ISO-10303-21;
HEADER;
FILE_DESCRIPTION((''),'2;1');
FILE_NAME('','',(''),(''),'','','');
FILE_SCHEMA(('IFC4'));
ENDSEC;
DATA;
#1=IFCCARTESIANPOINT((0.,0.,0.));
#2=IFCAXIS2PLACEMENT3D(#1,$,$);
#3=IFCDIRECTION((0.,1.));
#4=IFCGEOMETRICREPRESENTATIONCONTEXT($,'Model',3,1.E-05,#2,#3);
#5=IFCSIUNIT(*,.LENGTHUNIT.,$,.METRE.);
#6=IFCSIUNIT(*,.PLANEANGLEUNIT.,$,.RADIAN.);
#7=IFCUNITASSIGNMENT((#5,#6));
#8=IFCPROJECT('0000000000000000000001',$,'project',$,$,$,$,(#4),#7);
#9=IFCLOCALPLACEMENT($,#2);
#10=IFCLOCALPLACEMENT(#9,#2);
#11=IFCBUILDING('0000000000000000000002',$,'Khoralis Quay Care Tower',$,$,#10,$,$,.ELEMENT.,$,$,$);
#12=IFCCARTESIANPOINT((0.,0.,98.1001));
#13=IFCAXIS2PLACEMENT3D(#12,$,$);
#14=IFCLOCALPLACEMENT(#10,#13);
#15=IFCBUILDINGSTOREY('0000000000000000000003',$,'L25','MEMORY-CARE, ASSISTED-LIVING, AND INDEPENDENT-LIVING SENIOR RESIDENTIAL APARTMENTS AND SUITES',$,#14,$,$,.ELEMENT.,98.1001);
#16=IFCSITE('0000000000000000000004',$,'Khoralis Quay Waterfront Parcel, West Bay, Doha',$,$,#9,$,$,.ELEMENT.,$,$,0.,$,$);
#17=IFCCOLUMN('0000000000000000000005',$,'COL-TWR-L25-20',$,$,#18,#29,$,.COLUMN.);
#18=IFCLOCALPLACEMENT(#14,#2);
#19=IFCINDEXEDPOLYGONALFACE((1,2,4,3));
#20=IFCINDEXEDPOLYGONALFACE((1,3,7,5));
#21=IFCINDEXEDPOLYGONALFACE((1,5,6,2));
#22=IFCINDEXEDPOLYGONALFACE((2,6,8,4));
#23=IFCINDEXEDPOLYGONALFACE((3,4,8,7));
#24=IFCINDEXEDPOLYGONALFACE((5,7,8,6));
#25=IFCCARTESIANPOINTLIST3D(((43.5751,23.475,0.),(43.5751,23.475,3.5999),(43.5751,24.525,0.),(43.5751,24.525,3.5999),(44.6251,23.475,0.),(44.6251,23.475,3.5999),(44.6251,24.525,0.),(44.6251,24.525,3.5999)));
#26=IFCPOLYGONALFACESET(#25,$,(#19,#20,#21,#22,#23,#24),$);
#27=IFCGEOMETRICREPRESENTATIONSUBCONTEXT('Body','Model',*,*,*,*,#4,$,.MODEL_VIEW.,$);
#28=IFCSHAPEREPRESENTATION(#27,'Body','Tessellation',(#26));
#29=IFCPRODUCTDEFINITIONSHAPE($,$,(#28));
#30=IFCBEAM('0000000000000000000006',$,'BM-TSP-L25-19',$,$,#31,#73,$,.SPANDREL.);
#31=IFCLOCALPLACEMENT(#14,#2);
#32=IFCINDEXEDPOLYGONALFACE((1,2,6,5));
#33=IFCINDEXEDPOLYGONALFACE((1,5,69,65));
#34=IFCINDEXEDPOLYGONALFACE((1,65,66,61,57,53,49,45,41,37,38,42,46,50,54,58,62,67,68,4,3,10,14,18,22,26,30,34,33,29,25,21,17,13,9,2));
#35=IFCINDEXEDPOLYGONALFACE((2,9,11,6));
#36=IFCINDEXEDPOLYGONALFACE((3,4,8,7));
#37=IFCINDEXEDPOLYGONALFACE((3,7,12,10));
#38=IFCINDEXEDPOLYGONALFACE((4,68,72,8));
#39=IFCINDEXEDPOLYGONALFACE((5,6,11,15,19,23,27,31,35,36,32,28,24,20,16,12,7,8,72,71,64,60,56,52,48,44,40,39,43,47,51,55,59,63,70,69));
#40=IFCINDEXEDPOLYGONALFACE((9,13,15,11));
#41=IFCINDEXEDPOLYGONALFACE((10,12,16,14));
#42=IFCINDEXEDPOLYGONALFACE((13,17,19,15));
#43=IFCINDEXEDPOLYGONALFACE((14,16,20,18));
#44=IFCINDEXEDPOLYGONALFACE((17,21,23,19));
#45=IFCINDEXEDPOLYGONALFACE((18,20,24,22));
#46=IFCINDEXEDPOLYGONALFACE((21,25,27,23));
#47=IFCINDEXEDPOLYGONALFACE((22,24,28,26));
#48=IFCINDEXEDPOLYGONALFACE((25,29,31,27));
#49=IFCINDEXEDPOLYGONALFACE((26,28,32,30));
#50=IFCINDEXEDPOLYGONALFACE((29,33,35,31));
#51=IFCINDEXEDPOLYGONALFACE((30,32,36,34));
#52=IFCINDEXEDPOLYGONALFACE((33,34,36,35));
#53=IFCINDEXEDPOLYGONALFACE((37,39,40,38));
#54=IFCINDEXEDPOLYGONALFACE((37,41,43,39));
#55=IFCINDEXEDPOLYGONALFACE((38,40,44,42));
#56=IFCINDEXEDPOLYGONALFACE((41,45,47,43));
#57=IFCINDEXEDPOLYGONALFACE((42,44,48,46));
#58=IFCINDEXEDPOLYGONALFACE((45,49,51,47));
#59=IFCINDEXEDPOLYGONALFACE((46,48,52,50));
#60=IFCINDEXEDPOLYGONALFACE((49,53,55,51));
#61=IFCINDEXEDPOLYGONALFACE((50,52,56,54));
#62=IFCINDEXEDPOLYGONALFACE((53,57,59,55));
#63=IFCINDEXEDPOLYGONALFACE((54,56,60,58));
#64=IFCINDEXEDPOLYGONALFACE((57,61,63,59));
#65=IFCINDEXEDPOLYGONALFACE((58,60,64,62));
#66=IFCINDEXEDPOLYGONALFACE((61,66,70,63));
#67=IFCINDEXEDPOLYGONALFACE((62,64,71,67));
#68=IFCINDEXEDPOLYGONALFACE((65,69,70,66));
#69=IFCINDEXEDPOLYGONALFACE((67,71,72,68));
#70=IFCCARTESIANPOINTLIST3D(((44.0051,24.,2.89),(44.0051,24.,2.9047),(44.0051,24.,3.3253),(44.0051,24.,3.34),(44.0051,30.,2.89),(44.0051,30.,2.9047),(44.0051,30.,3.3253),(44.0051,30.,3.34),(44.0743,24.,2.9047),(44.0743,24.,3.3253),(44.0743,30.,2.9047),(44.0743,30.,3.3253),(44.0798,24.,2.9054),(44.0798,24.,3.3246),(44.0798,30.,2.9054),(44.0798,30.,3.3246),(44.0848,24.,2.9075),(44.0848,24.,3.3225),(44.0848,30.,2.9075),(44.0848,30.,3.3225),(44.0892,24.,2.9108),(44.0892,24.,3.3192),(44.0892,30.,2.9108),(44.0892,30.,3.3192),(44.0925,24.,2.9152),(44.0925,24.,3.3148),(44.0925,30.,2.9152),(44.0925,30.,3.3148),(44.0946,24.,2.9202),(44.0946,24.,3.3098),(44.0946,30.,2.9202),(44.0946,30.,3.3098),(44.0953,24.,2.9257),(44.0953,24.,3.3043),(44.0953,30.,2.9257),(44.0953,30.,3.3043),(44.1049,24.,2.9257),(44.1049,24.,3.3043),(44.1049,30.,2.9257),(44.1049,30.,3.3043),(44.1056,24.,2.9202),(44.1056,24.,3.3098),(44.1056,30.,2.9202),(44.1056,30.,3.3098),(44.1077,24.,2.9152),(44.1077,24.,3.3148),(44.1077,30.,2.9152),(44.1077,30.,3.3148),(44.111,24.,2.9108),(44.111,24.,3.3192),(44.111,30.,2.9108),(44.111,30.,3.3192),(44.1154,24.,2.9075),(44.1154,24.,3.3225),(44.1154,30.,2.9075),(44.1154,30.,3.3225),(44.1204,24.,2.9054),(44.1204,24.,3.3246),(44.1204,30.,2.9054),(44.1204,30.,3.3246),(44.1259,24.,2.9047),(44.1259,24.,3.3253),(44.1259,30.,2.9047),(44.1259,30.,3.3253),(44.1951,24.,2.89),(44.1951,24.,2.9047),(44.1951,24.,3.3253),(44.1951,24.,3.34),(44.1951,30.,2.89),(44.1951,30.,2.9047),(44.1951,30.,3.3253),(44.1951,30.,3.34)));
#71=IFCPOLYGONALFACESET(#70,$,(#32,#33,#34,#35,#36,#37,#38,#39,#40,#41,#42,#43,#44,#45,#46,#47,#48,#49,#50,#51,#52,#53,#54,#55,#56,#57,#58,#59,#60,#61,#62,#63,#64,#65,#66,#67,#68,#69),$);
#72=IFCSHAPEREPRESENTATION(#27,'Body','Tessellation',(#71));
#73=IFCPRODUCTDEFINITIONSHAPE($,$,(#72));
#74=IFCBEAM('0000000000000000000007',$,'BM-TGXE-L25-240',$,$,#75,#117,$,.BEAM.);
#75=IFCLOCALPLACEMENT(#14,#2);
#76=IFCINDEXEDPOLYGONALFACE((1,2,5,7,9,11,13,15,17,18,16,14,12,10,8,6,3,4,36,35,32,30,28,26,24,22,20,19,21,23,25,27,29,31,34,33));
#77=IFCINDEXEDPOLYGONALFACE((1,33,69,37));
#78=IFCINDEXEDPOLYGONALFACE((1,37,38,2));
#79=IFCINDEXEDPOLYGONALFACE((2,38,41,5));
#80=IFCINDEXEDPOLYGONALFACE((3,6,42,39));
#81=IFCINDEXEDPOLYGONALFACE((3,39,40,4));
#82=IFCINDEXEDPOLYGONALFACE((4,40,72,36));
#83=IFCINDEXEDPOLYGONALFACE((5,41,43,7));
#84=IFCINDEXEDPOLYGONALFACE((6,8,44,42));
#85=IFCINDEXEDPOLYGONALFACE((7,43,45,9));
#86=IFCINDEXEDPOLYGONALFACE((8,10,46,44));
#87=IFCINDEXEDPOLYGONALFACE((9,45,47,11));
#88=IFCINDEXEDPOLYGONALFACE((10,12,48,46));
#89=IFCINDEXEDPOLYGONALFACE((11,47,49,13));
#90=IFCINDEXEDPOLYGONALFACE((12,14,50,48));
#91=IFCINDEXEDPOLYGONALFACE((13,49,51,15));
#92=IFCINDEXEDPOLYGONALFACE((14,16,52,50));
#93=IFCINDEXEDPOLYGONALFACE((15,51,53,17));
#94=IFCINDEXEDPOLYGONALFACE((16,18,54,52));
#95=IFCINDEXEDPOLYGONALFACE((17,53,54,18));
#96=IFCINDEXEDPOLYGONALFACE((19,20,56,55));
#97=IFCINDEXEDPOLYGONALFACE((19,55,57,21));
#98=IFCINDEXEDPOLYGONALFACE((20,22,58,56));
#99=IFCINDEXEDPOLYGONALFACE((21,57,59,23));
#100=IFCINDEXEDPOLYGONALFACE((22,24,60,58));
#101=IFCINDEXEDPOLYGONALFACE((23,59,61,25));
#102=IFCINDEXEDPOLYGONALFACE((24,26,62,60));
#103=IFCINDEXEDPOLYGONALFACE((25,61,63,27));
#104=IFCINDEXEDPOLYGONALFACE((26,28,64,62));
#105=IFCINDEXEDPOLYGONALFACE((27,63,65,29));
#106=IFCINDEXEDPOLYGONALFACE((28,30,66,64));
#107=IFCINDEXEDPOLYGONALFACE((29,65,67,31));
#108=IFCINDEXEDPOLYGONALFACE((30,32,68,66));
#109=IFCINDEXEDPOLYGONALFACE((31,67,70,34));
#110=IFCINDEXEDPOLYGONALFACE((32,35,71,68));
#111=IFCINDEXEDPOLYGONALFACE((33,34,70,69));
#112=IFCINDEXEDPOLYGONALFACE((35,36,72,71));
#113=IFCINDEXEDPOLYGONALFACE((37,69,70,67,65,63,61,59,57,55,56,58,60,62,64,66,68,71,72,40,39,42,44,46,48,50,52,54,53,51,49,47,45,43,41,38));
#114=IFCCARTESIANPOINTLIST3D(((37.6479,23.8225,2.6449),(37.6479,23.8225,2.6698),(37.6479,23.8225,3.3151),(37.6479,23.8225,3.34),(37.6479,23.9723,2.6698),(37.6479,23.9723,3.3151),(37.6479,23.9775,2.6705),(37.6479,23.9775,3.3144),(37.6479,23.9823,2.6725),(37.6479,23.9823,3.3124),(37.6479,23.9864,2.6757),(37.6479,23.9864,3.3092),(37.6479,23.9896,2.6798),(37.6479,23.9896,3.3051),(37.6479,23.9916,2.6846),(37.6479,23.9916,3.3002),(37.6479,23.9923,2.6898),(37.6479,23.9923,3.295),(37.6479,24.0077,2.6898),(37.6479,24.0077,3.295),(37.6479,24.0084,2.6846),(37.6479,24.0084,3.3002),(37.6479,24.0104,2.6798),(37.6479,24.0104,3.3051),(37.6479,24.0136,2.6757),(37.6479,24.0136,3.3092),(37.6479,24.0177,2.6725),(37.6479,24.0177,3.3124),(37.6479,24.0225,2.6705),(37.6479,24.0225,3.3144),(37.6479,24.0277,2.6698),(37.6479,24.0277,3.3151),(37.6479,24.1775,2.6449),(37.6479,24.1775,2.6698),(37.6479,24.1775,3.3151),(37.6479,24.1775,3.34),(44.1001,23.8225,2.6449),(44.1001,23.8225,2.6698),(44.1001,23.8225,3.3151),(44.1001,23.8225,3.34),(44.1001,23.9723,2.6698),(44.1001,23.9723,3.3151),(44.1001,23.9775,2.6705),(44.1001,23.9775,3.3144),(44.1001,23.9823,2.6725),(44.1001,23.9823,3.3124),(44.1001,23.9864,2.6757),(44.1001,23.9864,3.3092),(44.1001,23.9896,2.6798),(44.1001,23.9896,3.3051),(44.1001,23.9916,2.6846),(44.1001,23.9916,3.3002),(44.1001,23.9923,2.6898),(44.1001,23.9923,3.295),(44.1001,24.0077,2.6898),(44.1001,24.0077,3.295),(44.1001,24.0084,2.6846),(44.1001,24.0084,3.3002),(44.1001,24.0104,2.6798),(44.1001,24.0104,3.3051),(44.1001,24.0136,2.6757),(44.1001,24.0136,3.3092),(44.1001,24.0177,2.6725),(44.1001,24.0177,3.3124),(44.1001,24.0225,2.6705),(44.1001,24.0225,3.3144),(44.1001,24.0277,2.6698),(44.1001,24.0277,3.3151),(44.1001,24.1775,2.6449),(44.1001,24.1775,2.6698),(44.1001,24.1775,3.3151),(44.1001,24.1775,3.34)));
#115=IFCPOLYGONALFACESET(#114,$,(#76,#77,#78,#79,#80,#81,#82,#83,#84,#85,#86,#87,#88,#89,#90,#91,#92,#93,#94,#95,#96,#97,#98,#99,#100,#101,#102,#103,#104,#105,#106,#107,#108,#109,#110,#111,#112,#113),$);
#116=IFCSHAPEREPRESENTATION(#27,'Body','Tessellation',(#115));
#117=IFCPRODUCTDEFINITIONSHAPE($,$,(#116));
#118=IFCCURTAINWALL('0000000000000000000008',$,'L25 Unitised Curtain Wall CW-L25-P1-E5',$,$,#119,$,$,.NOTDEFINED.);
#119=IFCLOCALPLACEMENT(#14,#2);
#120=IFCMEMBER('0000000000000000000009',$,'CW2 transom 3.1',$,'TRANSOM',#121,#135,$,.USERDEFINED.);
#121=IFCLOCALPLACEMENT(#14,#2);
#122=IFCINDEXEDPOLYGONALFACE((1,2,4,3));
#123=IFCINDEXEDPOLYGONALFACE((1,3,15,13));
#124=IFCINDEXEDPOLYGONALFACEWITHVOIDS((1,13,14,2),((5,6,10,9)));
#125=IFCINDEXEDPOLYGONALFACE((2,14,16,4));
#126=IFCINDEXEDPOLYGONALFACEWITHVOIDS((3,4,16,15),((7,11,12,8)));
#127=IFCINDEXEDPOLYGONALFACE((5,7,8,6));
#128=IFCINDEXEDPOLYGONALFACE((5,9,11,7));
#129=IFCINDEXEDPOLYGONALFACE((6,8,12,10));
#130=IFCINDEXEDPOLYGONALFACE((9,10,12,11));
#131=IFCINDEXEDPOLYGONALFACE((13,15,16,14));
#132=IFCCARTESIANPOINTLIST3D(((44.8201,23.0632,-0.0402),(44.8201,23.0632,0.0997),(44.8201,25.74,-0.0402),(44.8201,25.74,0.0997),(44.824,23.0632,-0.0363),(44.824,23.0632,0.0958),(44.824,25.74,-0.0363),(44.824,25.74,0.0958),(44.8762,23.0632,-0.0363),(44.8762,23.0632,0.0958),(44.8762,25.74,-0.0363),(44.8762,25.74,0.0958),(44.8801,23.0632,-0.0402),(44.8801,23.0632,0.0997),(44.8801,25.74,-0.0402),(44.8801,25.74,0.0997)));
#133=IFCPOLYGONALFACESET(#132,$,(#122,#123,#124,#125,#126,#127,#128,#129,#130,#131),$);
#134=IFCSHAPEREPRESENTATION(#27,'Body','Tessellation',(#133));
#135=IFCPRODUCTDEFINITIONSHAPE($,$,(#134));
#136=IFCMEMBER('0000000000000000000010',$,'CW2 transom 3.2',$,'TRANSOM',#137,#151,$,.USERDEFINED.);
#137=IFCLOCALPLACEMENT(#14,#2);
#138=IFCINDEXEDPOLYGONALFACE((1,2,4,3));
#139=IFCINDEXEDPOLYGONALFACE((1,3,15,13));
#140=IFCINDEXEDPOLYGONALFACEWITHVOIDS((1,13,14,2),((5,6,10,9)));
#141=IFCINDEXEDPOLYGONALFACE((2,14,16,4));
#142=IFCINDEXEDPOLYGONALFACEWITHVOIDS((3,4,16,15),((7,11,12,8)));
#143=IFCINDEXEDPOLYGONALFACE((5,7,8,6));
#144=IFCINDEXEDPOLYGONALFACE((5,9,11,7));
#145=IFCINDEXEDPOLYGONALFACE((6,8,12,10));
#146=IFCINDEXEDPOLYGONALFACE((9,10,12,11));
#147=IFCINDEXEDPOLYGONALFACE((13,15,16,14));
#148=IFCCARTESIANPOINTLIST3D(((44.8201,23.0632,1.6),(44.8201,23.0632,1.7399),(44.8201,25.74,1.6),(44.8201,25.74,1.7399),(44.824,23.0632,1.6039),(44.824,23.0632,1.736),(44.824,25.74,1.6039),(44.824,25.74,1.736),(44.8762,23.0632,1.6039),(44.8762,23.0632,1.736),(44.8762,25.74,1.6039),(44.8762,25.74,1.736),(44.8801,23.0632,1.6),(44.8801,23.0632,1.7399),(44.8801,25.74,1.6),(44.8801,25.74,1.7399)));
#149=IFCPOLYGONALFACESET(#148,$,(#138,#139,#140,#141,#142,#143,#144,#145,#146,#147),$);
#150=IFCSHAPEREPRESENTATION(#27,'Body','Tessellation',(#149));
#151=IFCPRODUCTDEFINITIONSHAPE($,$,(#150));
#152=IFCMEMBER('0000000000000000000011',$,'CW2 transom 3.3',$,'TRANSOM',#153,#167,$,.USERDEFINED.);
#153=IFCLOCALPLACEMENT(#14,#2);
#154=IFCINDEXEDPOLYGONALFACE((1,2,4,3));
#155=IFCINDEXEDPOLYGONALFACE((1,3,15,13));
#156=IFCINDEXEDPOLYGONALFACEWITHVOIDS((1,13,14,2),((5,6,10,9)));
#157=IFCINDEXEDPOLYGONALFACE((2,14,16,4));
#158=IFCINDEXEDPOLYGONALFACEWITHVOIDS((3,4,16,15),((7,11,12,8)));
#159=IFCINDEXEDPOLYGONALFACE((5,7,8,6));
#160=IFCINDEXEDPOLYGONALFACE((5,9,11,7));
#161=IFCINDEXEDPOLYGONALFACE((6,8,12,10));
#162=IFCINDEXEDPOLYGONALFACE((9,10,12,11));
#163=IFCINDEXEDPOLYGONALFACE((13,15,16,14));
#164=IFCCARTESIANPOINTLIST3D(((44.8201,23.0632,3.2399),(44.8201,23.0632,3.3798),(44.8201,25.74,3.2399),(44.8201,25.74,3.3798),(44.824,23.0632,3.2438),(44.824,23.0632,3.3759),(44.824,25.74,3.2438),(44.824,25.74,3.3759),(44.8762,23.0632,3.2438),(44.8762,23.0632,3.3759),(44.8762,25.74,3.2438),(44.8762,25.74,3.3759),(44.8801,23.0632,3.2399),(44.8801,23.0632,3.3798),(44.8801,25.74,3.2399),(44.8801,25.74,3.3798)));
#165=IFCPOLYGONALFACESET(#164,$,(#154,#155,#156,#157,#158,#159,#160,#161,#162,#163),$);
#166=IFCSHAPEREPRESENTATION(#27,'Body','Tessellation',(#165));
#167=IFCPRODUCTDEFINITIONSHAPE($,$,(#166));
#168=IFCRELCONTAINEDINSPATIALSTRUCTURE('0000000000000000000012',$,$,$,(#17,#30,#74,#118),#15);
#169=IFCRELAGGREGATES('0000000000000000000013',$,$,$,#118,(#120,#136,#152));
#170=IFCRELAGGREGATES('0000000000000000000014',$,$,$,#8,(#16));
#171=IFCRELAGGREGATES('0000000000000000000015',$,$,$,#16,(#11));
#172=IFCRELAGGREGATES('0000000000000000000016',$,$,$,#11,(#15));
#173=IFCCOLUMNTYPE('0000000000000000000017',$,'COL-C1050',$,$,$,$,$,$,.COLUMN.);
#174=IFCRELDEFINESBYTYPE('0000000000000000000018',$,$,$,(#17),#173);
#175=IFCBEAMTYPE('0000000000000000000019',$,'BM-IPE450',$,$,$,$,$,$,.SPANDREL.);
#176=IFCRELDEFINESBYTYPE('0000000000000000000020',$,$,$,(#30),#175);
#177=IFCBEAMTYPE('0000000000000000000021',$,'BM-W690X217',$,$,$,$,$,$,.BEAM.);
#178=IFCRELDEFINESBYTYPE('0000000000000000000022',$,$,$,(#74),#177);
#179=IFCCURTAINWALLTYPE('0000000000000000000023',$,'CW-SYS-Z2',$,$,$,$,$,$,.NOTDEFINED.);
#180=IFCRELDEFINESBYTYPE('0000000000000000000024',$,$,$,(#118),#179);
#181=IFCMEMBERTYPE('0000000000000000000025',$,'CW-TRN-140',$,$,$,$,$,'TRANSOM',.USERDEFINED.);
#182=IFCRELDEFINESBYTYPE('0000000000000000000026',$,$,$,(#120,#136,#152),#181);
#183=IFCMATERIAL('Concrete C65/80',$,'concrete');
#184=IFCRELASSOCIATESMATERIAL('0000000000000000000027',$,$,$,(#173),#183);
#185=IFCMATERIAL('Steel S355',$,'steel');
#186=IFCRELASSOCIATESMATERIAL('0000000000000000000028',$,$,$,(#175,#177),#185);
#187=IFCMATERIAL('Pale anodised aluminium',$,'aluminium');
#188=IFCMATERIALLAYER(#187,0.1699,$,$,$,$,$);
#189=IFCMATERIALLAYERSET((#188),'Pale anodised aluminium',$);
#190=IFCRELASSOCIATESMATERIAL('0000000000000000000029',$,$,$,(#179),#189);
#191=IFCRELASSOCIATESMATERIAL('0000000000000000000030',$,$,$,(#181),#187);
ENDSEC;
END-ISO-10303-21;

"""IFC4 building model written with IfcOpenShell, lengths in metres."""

from ifc_helpers import new_model, si_unit, direction, frame, origin, origin_2d, place, context, subcontext, project, spatial, rectangle, hollow_rectangle, i_section, extrude, source, transform, mapped, material, layer, layer_set, material_profile, profile_set, type_object, element, aggregate, save


model = new_model("IFC4")

# Units and contexts
model_context = context("Model", 3, precision=1e-05, world=origin(), true_north=direction((0.0, 1.0)))
body_context = subcontext(model_context, "Body", "Model", "MODEL_VIEW")
ifc_project = project(units=[si_unit("LENGTHUNIT", "METRE"), si_unit("PLANEANGLEUNIT", "RADIAN")], contexts=[model_context])

# Site, building, storey
site_placement = place(None, origin())
site = spatial("IfcSite", under=ifc_project, at=site_placement, Name="Khoralis Quay Waterfront Parcel, West Bay, Doha", CompositionType="ELEMENT", RefElevation=0.0)
building_placement = place(site_placement, origin())
building = spatial("IfcBuilding", under=site, at=building_placement, Name="Khoralis Quay Care Tower", CompositionType="ELEMENT")
storey_placement = place(building_placement, frame((0.0, 0.0, 98.1001)))
storey = spatial("IfcBuildingStorey", under=building, at=storey_placement, Name="L25", Description="MEMORY-CARE, ASSISTED-LIVING, AND INDEPENDENT-LIVING SENIOR RESIDENTIAL APARTMENTS AND SUITES", CompositionType="ELEMENT", Elevation=98.1001)

# Column
ifc_material_1 = material(Name="Concrete C65/80", Category="concrete")
ifc_material_profile_1 = material_profile(ifc_material_1, rectangle(XDim=1.05, YDim=1.05, at=origin_2d()), Name="Concrete C65/80")
ifc_profile_set_1 = profile_set([ifc_material_profile_1], Name="Concrete C65/80")
column_type = type_object("IfcColumnType", Name="COL-C1050", PredefinedType="COLUMN", material=ifc_profile_set_1)
shared_shape_1 = source(origin(), body_context, "Body", "SweptSolid", [
    extrude(rectangle(XDim=1.05, YDim=1.05, at=origin_2d()), origin(), (0.0, 0.0, 1.0), 3.5999),
])
column_placement = place(storey_placement, frame((44.1001, 24.0, 0.0), z_axis=(0.0, 0.0, 1.0), x_axis=(1.0, 0.0, 0.0)))
element("IfcColumn", 1, at=column_placement, inside=storey, type_object=column_type, Name="COL-TWR-L25-20", PredefinedType="COLUMN", context=body_context, shape_type="MappedRepresentation", body=[
    mapped(shared_shape_1, transform((0.0, 0.0, 0.0), scale=1.0)),
])

# Beams
ifc_material_2 = material(Name="Steel S355", Category="steel")
ifc_material_profile_2 = material_profile(ifc_material_2, i_section(OverallWidth=0.1899, OverallDepth=0.45, WebThickness=0.0095, FlangeThickness=0.0146, FilletRadius=0.021, at=origin_2d()), Name="Steel S355")
ifc_profile_set_2 = profile_set([ifc_material_profile_2], Name="Steel S355")
beam_type_1 = type_object("IfcBeamType", Name="BM-IPE450", PredefinedType="SPANDREL", material=ifc_profile_set_2)
shared_shape_2 = source(origin(), body_context, "Body", "SweptSolid", [
    extrude(i_section(OverallWidth=0.1899, OverallDepth=0.45, WebThickness=0.0095, FlangeThickness=0.0146, FilletRadius=0.021, at=origin_2d()), origin(), (0.0, 0.0, 1.0), 6.0),
])
beam_1_placement = place(storey_placement, frame((44.1001, 24.0, 3.115), z_axis=(0.0, 1.0, 0.0), x_axis=(-1.0, 0.0, 0.0)))
element("IfcBeam", 2, at=beam_1_placement, inside=storey, type_object=beam_type_1, Name="BM-TSP-L25-19", PredefinedType="SPANDREL", context=body_context, shape_type="MappedRepresentation", body=[
    mapped(shared_shape_2, transform((0.0, 0.0, 0.0), scale=1.0)),
])
ifc_material_profile_3 = material_profile(ifc_material_2, i_section(OverallWidth=0.355, OverallDepth=0.6951, WebThickness=0.0154, FlangeThickness=0.0249, FilletRadius=0.02, at=origin_2d()), Name="Steel S355")
ifc_profile_set_3 = profile_set([ifc_material_profile_3], Name="Steel S355")
beam_type_2 = type_object("IfcBeamType", Name="BM-W690X217", PredefinedType="BEAM", material=ifc_profile_set_3)
shared_shape_3 = source(origin(), body_context, "Body", "SweptSolid", [
    extrude(i_section(OverallWidth=0.355, OverallDepth=0.6951, WebThickness=0.0154, FlangeThickness=0.0249, FilletRadius=0.02, at=origin_2d()), origin(), (0.0, 0.0, 1.0), 6.4521),
])
beam_2_placement = place(storey_placement, frame((37.6479, 24.0, 2.9924), z_axis=(1.0, 0.0, 0.0), x_axis=(0.0, 1.0, 0.0)))
element("IfcBeam", 3, at=beam_2_placement, inside=storey, type_object=beam_type_2, Name="BM-TGXE-L25-240", PredefinedType="BEAM", context=body_context, shape_type="MappedRepresentation", body=[
    mapped(shared_shape_3, transform((0.0, 0.0, 0.0), scale=1.0)),
])

# Curtain wall, members
ifc_material_3 = material(Name="Pale anodised aluminium", Category="aluminium")
ifc_layer_1 = layer(ifc_material_3, 0.1699)
ifc_layer_set_1 = layer_set([ifc_layer_1], Name="Pale anodised aluminium")
curtain_wall_type = type_object("IfcCurtainWallType", Name="CW-SYS-Z2", PredefinedType="NOTDEFINED", material=ifc_layer_set_1)
curtain_wall_placement = place(storey_placement, origin())
curtain_wall = element("IfcCurtainWall", 4, at=curtain_wall_placement, inside=storey, type_object=curtain_wall_type, Name="L25 Unitised Curtain Wall CW-L25-P1-E5", PredefinedType="NOTDEFINED")
ifc_material_profile_4 = material_profile(ifc_material_3, hollow_rectangle(XDim=0.0601, YDim=0.1399, WallThickness=0.0039, at=origin_2d()), Name="Pale anodised aluminium")
ifc_profile_set_4 = profile_set([ifc_material_profile_4], Name="Pale anodised aluminium")
member_type_1 = type_object("IfcMemberType", Name="CW-TRN-140", ElementType="TRANSOM", PredefinedType="USERDEFINED", material=ifc_profile_set_4)
shared_shape_4 = source(origin(), body_context, "Body", "SweptSolid", [
    extrude(hollow_rectangle(XDim=0.0601, YDim=0.1399, WallThickness=0.0039, at=origin_2d()), origin(), (0.0, 0.0, 1.0), 2.6768),
])
member_1_placement = place(storey_placement, frame((44.8501, 23.0632, 0.0298), z_axis=(0.0, 1.0, 0.0), x_axis=(-1.0, 0.0, 0.0)))
member_1 = element("IfcMember", 5, at=member_1_placement, type_object=member_type_1, Name="CW2 transom 3.1", ObjectType="TRANSOM", PredefinedType="USERDEFINED", context=body_context, shape_type="MappedRepresentation", body=[
    mapped(shared_shape_4, transform((0.0, 0.0, 0.0), scale=1.0)),
])
member_2_placement = place(storey_placement, frame((44.8501, 23.0632, 1.6699), z_axis=(0.0, 1.0, 0.0), x_axis=(-1.0, 0.0, 0.0)))
member_2 = element("IfcMember", 6, at=member_2_placement, type_object=member_type_1, Name="CW2 transom 3.2", ObjectType="TRANSOM", PredefinedType="USERDEFINED", context=body_context, shape_type="MappedRepresentation", body=[
    mapped(shared_shape_4, transform((0.0, 0.0, 0.0), scale=1.0)),
])
member_3_placement = place(storey_placement, frame((44.8501, 23.0632, 3.3098), z_axis=(0.0, 1.0, 0.0), x_axis=(-1.0, 0.0, 0.0)))
member_3 = element("IfcMember", 7, at=member_3_placement, type_object=member_type_1, Name="CW2 transom 3.3", ObjectType="TRANSOM", PredefinedType="USERDEFINED", context=body_context, shape_type="MappedRepresentation", body=[
    mapped(shared_shape_4, transform((0.0, 0.0, 0.0), scale=1.0)),
])
aggregate(curtain_wall, [member_1, member_2, member_3])

save(model, "model.ifc")
